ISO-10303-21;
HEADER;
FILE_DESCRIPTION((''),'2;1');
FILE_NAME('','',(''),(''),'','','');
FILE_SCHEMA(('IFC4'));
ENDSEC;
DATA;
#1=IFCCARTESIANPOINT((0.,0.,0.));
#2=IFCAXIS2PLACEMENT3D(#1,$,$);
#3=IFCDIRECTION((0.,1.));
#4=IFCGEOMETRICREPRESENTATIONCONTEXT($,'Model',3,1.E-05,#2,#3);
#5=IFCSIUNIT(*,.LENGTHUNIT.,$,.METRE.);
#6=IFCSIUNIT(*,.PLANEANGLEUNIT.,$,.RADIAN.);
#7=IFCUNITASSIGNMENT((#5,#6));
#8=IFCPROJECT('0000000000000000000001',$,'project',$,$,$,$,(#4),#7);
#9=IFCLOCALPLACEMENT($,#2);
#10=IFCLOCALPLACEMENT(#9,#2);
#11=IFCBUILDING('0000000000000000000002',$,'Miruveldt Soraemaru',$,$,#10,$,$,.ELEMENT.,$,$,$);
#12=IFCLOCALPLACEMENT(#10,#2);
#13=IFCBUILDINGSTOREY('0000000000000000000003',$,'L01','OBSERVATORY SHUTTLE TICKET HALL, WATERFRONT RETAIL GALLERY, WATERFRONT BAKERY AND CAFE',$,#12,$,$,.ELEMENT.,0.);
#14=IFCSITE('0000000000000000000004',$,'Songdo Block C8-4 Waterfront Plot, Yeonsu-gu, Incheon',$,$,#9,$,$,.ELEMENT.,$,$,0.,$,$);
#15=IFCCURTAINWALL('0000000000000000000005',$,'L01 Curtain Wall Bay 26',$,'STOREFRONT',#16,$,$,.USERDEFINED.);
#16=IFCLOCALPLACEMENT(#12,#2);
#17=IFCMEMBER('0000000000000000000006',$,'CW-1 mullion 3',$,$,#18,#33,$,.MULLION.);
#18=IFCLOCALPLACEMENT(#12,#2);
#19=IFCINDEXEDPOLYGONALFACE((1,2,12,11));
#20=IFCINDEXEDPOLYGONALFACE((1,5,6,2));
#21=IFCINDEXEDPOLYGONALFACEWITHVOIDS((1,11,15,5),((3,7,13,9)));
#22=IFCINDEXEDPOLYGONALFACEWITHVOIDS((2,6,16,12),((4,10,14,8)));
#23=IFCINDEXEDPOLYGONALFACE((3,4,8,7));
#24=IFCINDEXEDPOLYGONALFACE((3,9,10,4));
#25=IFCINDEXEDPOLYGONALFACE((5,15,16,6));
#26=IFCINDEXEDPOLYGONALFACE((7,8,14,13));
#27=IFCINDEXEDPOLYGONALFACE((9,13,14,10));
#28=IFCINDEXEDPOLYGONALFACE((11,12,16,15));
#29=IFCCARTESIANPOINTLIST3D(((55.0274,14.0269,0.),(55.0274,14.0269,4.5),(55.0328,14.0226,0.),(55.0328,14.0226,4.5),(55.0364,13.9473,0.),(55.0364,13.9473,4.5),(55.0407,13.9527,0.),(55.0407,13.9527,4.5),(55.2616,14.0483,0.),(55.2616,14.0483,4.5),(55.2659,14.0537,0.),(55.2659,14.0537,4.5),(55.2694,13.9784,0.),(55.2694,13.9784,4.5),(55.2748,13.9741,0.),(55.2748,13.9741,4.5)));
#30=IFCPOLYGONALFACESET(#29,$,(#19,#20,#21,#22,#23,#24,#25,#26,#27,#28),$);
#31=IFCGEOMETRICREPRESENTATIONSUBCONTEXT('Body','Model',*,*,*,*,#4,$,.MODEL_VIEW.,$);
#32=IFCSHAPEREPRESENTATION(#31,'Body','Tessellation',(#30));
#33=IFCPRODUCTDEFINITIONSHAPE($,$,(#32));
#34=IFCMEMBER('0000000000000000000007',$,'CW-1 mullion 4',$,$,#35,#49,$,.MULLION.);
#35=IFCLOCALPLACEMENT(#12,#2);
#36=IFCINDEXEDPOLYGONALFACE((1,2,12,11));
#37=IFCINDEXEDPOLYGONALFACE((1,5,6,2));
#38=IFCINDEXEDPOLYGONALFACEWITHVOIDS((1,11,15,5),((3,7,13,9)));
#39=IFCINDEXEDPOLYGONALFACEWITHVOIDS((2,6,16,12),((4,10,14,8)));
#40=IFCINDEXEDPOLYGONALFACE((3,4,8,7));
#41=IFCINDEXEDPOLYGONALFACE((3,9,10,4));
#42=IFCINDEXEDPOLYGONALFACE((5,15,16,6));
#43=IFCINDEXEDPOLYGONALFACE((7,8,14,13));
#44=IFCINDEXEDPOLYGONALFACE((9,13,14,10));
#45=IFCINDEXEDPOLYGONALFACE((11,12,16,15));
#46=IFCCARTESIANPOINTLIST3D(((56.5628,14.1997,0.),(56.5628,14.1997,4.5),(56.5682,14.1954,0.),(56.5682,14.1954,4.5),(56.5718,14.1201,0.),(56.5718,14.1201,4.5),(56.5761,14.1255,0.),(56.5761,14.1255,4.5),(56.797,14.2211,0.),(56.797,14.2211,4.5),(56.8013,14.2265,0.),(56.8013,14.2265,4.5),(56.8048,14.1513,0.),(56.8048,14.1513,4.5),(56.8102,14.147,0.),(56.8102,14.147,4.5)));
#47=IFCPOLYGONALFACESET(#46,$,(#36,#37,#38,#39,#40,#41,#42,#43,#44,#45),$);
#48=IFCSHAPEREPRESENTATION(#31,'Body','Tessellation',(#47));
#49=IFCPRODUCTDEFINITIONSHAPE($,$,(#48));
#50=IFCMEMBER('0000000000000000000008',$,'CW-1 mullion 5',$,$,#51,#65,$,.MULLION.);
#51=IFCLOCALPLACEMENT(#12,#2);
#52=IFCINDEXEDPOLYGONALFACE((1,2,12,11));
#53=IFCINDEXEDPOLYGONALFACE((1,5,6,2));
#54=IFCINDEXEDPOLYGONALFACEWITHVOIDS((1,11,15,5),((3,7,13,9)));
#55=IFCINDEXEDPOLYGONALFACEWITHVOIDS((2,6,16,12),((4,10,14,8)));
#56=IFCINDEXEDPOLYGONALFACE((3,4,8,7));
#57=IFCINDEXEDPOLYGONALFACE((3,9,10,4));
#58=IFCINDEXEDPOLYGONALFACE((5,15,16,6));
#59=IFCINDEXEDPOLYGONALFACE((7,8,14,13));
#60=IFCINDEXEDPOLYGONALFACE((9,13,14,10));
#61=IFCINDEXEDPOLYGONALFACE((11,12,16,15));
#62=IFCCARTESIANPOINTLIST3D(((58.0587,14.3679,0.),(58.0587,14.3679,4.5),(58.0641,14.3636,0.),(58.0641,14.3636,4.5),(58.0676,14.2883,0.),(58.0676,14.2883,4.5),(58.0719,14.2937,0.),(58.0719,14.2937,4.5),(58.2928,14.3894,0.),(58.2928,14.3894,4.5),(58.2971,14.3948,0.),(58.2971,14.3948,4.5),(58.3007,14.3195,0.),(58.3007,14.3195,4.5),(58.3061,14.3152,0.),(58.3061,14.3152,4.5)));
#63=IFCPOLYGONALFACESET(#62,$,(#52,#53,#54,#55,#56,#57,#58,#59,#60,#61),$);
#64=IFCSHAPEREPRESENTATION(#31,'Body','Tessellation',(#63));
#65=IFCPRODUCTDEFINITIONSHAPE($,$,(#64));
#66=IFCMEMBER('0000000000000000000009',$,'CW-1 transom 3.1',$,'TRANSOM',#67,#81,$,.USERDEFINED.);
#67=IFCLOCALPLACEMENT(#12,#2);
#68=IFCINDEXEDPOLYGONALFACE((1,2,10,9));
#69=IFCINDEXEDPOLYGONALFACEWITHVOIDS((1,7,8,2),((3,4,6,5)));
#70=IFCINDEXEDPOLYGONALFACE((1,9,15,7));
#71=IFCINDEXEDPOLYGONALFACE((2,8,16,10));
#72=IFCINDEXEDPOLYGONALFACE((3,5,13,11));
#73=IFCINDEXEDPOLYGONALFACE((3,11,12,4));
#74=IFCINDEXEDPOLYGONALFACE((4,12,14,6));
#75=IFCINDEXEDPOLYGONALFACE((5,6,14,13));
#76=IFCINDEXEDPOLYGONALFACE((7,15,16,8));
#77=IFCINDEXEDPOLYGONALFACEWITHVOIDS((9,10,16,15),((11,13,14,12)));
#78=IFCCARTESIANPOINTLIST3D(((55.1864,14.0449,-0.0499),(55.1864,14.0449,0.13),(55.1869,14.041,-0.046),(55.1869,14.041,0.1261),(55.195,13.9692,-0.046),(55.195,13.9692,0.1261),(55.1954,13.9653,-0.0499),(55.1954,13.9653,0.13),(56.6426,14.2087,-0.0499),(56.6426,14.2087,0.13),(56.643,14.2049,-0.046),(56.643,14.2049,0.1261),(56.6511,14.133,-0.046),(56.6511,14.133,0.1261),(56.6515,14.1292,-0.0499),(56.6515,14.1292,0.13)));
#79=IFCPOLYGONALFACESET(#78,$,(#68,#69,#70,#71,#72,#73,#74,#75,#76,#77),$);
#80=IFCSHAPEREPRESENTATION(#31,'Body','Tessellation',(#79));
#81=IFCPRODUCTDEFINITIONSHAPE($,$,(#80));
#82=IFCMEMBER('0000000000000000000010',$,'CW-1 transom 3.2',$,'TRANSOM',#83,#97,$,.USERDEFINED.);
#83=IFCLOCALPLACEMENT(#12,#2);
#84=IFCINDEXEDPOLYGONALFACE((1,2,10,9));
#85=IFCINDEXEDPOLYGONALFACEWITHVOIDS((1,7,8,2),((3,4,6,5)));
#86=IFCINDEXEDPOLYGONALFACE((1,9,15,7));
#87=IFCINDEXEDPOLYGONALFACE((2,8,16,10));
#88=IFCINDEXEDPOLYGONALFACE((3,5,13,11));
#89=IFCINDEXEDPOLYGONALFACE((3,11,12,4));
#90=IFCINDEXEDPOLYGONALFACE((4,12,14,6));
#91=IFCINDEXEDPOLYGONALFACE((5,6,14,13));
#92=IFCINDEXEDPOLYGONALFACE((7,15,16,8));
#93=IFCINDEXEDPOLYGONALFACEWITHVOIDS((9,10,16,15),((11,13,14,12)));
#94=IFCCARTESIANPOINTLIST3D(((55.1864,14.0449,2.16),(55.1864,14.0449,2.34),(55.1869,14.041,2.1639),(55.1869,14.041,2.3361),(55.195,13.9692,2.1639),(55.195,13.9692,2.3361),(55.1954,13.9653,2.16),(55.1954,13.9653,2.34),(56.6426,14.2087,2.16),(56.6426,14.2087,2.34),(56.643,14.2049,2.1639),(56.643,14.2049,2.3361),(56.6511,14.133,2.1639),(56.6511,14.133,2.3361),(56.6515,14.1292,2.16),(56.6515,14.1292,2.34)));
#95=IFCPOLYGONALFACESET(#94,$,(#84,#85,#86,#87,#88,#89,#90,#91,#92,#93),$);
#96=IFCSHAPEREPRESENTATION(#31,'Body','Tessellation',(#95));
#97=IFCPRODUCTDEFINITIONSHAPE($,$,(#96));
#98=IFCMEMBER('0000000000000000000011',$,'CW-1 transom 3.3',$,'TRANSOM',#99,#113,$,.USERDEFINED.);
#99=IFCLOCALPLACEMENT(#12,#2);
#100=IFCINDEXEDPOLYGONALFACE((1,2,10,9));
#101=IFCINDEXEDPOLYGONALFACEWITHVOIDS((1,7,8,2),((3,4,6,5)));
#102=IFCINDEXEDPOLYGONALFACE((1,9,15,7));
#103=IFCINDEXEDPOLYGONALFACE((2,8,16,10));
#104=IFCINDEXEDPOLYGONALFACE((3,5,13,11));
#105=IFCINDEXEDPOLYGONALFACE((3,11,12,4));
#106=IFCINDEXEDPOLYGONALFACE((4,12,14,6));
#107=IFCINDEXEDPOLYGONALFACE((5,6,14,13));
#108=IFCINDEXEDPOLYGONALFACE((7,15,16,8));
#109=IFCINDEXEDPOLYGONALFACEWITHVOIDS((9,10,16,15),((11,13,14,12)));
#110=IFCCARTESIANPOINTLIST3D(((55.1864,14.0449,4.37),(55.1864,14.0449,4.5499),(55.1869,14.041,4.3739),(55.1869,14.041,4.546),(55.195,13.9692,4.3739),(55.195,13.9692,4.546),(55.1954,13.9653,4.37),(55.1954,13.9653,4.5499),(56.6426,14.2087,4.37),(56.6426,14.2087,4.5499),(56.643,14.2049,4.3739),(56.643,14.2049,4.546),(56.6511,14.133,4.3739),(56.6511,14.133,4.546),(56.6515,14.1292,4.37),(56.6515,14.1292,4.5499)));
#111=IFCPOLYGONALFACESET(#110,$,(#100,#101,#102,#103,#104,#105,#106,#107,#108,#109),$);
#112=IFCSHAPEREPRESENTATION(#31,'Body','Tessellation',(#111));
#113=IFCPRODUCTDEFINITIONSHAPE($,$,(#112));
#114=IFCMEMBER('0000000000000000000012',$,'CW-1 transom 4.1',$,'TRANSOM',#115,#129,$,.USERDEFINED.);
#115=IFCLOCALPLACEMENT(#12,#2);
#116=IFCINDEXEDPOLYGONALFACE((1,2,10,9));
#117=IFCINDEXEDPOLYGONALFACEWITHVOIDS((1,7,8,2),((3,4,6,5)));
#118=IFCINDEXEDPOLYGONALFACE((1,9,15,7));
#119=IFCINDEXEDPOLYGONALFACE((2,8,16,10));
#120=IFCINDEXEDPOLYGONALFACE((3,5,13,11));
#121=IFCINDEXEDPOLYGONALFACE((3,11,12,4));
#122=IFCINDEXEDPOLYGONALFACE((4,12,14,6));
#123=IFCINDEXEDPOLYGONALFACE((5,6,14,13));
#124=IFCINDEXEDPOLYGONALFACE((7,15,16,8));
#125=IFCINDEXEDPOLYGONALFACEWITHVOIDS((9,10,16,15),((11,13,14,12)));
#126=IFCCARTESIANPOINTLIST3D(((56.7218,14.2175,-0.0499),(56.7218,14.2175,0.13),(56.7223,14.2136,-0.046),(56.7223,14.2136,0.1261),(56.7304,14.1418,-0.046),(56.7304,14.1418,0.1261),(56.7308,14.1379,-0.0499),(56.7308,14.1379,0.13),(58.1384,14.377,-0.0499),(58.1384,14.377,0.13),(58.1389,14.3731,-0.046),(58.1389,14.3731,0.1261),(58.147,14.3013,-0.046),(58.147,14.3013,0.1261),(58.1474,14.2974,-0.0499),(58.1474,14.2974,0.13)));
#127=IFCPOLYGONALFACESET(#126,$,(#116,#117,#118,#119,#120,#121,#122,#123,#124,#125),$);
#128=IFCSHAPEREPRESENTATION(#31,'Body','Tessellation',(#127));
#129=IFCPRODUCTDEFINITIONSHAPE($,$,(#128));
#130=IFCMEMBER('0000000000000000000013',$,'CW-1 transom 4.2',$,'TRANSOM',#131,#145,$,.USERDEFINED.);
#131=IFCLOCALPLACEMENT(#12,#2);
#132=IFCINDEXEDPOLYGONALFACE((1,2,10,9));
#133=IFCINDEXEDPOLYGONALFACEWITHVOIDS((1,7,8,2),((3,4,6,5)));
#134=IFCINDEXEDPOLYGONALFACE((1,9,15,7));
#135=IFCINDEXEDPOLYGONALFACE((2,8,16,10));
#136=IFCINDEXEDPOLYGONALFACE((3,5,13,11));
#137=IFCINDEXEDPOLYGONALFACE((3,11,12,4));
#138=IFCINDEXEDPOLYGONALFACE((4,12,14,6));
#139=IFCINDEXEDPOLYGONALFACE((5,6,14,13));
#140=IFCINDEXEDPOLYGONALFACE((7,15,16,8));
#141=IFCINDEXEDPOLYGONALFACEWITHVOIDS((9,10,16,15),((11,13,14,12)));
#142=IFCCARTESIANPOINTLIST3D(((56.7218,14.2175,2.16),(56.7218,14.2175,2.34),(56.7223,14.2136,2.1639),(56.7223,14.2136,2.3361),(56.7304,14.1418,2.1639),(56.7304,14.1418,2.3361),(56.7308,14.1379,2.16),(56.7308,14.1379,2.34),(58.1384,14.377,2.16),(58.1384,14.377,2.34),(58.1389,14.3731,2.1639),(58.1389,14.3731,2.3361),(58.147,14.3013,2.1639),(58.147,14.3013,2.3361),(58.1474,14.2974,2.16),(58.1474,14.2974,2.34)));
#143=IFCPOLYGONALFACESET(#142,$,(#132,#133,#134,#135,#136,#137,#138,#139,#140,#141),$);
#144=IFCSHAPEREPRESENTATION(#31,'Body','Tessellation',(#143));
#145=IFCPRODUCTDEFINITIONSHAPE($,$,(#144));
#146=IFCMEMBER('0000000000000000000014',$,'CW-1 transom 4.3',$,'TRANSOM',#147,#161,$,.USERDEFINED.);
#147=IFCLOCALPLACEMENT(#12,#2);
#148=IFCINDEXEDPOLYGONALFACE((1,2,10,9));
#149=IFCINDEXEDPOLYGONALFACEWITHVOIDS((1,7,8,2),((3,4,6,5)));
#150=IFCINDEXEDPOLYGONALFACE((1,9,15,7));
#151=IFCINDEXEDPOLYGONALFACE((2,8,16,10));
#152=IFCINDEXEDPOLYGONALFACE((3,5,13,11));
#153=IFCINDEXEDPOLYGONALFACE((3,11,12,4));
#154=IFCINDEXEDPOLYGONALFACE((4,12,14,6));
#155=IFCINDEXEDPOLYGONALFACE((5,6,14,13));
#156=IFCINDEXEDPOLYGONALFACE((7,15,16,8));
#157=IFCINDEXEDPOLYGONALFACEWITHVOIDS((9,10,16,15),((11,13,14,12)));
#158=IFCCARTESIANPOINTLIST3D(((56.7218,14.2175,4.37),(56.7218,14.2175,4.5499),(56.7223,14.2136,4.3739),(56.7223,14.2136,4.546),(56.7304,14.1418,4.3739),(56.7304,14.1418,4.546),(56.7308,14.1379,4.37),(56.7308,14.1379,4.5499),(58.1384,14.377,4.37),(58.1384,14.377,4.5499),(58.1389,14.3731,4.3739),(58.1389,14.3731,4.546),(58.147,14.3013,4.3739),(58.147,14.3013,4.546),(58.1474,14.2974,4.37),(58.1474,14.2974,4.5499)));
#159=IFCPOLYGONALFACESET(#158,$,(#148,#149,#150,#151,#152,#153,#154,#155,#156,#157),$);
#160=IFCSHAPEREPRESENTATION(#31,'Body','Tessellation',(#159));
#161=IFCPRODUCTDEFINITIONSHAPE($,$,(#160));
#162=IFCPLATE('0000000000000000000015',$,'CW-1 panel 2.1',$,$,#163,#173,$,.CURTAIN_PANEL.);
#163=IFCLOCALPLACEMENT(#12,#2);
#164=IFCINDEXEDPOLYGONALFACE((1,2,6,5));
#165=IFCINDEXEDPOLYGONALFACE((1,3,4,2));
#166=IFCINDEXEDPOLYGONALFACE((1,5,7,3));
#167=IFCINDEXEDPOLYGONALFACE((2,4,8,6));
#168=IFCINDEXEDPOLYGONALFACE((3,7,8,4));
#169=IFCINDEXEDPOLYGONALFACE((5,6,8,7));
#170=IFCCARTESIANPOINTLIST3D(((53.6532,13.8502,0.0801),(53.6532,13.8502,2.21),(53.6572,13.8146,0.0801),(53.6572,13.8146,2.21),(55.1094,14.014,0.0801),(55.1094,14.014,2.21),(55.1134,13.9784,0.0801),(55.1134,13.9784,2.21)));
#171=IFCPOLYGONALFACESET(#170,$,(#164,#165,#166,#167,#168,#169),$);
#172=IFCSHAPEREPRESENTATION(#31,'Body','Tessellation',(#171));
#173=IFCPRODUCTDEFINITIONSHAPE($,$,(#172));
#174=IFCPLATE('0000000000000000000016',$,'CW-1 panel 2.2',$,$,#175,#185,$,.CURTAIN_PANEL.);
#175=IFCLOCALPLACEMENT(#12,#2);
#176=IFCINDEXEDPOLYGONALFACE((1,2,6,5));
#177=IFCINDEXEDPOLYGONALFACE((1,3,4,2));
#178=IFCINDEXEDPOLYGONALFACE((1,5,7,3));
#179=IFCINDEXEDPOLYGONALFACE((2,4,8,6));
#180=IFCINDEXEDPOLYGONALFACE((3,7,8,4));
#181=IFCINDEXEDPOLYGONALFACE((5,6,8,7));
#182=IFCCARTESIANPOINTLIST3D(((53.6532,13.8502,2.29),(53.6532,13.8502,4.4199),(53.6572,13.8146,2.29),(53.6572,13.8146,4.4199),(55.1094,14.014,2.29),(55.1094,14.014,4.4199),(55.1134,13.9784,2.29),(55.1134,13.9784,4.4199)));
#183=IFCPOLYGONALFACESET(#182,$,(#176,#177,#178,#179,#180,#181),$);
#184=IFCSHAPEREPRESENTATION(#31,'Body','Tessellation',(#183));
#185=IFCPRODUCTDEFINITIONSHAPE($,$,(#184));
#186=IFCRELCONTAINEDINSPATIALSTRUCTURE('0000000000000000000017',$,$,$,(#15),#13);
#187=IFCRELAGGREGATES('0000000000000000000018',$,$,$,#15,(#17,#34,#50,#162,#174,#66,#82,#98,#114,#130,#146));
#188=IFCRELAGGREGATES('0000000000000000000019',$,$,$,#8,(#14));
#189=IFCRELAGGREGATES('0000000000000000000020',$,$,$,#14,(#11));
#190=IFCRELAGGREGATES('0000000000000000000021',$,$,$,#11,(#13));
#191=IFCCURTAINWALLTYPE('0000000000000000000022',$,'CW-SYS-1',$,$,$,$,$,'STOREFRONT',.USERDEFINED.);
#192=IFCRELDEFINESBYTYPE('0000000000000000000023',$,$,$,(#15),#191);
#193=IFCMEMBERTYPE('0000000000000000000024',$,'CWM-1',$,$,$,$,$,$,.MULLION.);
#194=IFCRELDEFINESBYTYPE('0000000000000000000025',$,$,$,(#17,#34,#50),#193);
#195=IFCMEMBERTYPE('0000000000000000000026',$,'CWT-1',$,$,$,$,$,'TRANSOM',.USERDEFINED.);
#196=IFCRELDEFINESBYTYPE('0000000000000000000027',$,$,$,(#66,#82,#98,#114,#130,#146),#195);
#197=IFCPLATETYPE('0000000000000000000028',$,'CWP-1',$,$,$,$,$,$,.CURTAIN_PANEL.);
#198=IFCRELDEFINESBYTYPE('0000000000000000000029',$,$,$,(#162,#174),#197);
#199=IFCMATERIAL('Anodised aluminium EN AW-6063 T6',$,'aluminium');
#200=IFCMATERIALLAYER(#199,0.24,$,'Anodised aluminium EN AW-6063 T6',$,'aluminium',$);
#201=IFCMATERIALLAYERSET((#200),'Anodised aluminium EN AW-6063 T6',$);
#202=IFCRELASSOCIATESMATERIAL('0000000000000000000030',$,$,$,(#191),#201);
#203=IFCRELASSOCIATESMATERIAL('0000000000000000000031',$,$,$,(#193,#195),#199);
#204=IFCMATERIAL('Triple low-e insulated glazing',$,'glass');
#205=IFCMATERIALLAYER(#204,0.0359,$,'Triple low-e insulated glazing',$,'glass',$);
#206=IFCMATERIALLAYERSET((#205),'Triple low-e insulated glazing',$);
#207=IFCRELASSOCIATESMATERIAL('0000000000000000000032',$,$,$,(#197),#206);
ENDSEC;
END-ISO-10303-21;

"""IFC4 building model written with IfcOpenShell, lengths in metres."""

from ifc_helpers import new_model, si_unit, direction, frame, origin, origin_2d, place, context, subcontext, project, spatial, rectangle, hollow_rectangle, extrude, material, layer, layer_set, material_profile, profile_set, type_object, element, aggregate, save


model = new_model("IFC4")

# Units and contexts
model_context = context("Model", 3, precision=1e-05, world=origin(), true_north=direction((0.0, 1.0)))
body_context = subcontext(model_context, "Body", "Model", "MODEL_VIEW")
ifc_project = project(units=[si_unit("LENGTHUNIT", "METRE"), si_unit("PLANEANGLEUNIT", "RADIAN")], contexts=[model_context])

# Site, building, storey
site_placement = place(None, origin())
site = spatial("IfcSite", under=ifc_project, at=site_placement, Name="Songdo Block C8-4 Waterfront Plot, Yeonsu-gu, Incheon", CompositionType="ELEMENT", RefElevation=0.0)
building_placement = place(site_placement, origin())
building = spatial("IfcBuilding", under=site, at=building_placement, Name="Miruveldt Soraemaru", CompositionType="ELEMENT")
storey_placement = place(building_placement, origin())
storey = spatial("IfcBuildingStorey", under=building, at=storey_placement, Name="L01", Description="OBSERVATORY SHUTTLE TICKET HALL, WATERFRONT RETAIL GALLERY, WATERFRONT BAKERY AND CAFE", CompositionType="ELEMENT", Elevation=0.0)

# Curtain wall, members, plates
ifc_material_1 = material(Name="Anodised aluminium EN AW-6063 T6", Category="aluminium")
ifc_layer_1 = layer(ifc_material_1, 0.24, Name="Anodised aluminium EN AW-6063 T6", Category="aluminium")
ifc_layer_set_1 = layer_set([ifc_layer_1], Name="Anodised aluminium EN AW-6063 T6")
curtain_wall_type = type_object("IfcCurtainWallType", Name="CW-SYS-1", ElementType="STOREFRONT", PredefinedType="USERDEFINED", material=ifc_layer_set_1)
curtain_wall_placement = place(storey_placement, origin())
curtain_wall = element("IfcCurtainWall", 1, at=curtain_wall_placement, inside=storey, type_object=curtain_wall_type, Name="L01 Curtain Wall Bay 26", ObjectType="STOREFRONT", PredefinedType="USERDEFINED")
ifc_material_profile_1 = material_profile(ifc_material_1, hollow_rectangle(XDim=0.0801, YDim=0.24, WallThickness=0.0049, at=origin_2d()), Name="Anodised aluminium EN AW-6063 T6", Category="aluminium")
ifc_profile_set_1 = profile_set([ifc_material_profile_1], Name="Anodised aluminium EN AW-6063 T6")
member_type_1 = type_object("IfcMemberType", Name="CWM-1", PredefinedType="MULLION", material=ifc_profile_set_1)
member_1_placement = place(storey_placement, frame((55.1511, 14.0005, 0.0), z_axis=(0.0, 0.0, 1.0), x_axis=(-0.111793, 0.993731, 0.0)))
member_1 = element("IfcMember", 2, at=member_1_placement, type_object=member_type_1, Name="CW-1 mullion 3", PredefinedType="MULLION", context=body_context, shape_type="SweptSolid", body=[
    extrude(hollow_rectangle(XDim=0.0801, YDim=0.24, WallThickness=0.0049, at=origin_2d()), origin(), (0.0, 0.0, 1.0), 4.5),
])
member_2_placement = place(storey_placement, frame((56.6865, 14.1733, 0.0), z_axis=(0.0, 0.0, 1.0), x_axis=(-0.111793, 0.993731, 0.0)))
member_2 = element("IfcMember", 3, at=member_2_placement, type_object=member_type_1, Name="CW-1 mullion 4", PredefinedType="MULLION", context=body_context, shape_type="SweptSolid", body=[
    extrude(hollow_rectangle(XDim=0.0801, YDim=0.24, WallThickness=0.0049, at=origin_2d()), origin(), (0.0, 0.0, 1.0), 4.5),
])
member_3_placement = place(storey_placement, frame((58.1824, 14.3416, 0.0), z_axis=(0.0, 0.0, 1.0), x_axis=(-0.111793, 0.993731, 0.0)))
member_3 = element("IfcMember", 4, at=member_3_placement, type_object=member_type_1, Name="CW-1 mullion 5", PredefinedType="MULLION", context=body_context, shape_type="SweptSolid", body=[
    extrude(hollow_rectangle(XDim=0.0801, YDim=0.24, WallThickness=0.0049, at=origin_2d()), origin(), (0.0, 0.0, 1.0), 4.5),
])
ifc_material_profile_2 = material_profile(ifc_material_1, hollow_rectangle(XDim=0.0801, YDim=0.1799, WallThickness=0.0039, at=origin_2d()), Name="Anodised aluminium EN AW-6063 T6", Category="aluminium")
ifc_profile_set_2 = profile_set([ifc_material_profile_2], Name="Anodised aluminium EN AW-6063 T6")
member_type_2 = type_object("IfcMemberType", Name="CWT-1", ElementType="TRANSOM", PredefinedType="USERDEFINED", material=ifc_profile_set_2)
member_4_placement = place(storey_placement, frame((55.1909, 14.0051, 0.04), z_axis=(0.99373, 0.111803, 0.0), x_axis=(-0.111803, 0.99373, 0.0)))
member_4 = element("IfcMember", 5, at=member_4_placement, type_object=member_type_2, Name="CW-1 transom 3.1", ObjectType="TRANSOM", PredefinedType="USERDEFINED", context=body_context, shape_type="SweptSolid", body=[
    extrude(hollow_rectangle(XDim=0.0801, YDim=0.1799, WallThickness=0.0039, at=origin_2d()), origin(), (0.0, 0.0, 1.0), 1.4653),
])
member_5_placement = place(storey_placement, frame((55.1909, 14.0051, 2.25), z_axis=(0.99373, 0.111803, 0.0), x_axis=(-0.111803, 0.99373, 0.0)))
member_5 = element("IfcMember", 6, at=member_5_placement, type_object=member_type_2, Name="CW-1 transom 3.2", ObjectType="TRANSOM", PredefinedType="USERDEFINED", context=body_context, shape_type="SweptSolid", body=[
    extrude(hollow_rectangle(XDim=0.0801, YDim=0.1799, WallThickness=0.0039, at=origin_2d()), origin(), (0.0, 0.0, 1.0), 1.4653),
])
member_6_placement = place(storey_placement, frame((55.1909, 14.0051, 4.46), z_axis=(0.99373, 0.111803, 0.0), x_axis=(-0.111803, 0.99373, 0.0)))
member_6 = element("IfcMember", 7, at=member_6_placement, type_object=member_type_2, Name="CW-1 transom 3.3", ObjectType="TRANSOM", PredefinedType="USERDEFINED", context=body_context, shape_type="SweptSolid", body=[
    extrude(hollow_rectangle(XDim=0.0801, YDim=0.1799, WallThickness=0.0039, at=origin_2d()), origin(), (0.0, 0.0, 1.0), 1.4653),
])
member_7_placement = place(storey_placement, frame((56.7263, 14.1777, 0.04), z_axis=(0.993726, 0.111841, 0.0), x_axis=(-0.111841, 0.993726, 0.0)))
member_7 = element("IfcMember", 8, at=member_7_placement, type_object=member_type_2, Name="CW-1 transom 4.1", ObjectType="TRANSOM", PredefinedType="USERDEFINED", context=body_context, shape_type="SweptSolid", body=[
    extrude(hollow_rectangle(XDim=0.0801, YDim=0.1799, WallThickness=0.0039, at=origin_2d()), origin(), (0.0, 0.0, 1.0), 1.4255),
])
member_8_placement = place(storey_placement, frame((56.7263, 14.1777, 2.25), z_axis=(0.993726, 0.111841, 0.0), x_axis=(-0.111841, 0.993726, 0.0)))
member_8 = element("IfcMember", 9, at=member_8_placement, type_object=member_type_2, Name="CW-1 transom 4.2", ObjectType="TRANSOM", PredefinedType="USERDEFINED", context=body_context, shape_type="SweptSolid", body=[
    extrude(hollow_rectangle(XDim=0.0801, YDim=0.1799, WallThickness=0.0039, at=origin_2d()), origin(), (0.0, 0.0, 1.0), 1.4255),
])
member_9_placement = place(storey_placement, frame((56.7263, 14.1777, 4.46), z_axis=(0.993726, 0.111841, 0.0), x_axis=(-0.111841, 0.993726, 0.0)))
member_9 = element("IfcMember", 10, at=member_9_placement, type_object=member_type_2, Name="CW-1 transom 4.3", ObjectType="TRANSOM", PredefinedType="USERDEFINED", context=body_context, shape_type="SweptSolid", body=[
    extrude(hollow_rectangle(XDim=0.0801, YDim=0.1799, WallThickness=0.0039, at=origin_2d()), origin(), (0.0, 0.0, 1.0), 1.4255),
])
ifc_material_2 = material(Name="Triple low-e insulated glazing", Category="glass")
ifc_layer_2 = layer(ifc_material_2, 0.0359, Name="Triple low-e insulated glazing", Category="glass")
ifc_layer_set_2 = layer_set([ifc_layer_2], Name="Triple low-e insulated glazing")
plate_type_1 = type_object("IfcPlateType", Name="CWP-1", PredefinedType="CURTAIN_PANEL", material=ifc_layer_set_2)
plate_1_placement = place(storey_placement, frame((54.3833, 13.9143, 0.0801), z_axis=(0.0, 0.0, 1.0), x_axis=(0.993731, 0.111793, 0.0)))
plate_1 = element("IfcPlate", 11, at=plate_1_placement, type_object=plate_type_1, Name="CW-1 panel 2.1", PredefinedType="CURTAIN_PANEL", context=body_context, shape_type="SweptSolid", body=[
    extrude(rectangle(XDim=1.4653, YDim=0.0359, at=origin_2d()), origin(), (0.0, 0.0, 1.0), 2.1299),
])
plate_2_placement = place(storey_placement, frame((54.3833, 13.9143, 2.29), z_axis=(0.0, 0.0, 1.0), x_axis=(0.993731, 0.111793, 0.0)))
plate_2 = element("IfcPlate", 12, at=plate_2_placement, type_object=plate_type_1, Name="CW-1 panel 2.2", PredefinedType="CURTAIN_PANEL", context=body_context, shape_type="SweptSolid", body=[
    extrude(rectangle(XDim=1.4653, YDim=0.0359, at=origin_2d()), origin(), (0.0, 0.0, 1.0), 2.1299),
])
aggregate(curtain_wall, [member_1, member_2, member_3, plate_1, plate_2, member_4, member_5, member_6, member_7, member_8, member_9])

save(model, "model.ifc")
